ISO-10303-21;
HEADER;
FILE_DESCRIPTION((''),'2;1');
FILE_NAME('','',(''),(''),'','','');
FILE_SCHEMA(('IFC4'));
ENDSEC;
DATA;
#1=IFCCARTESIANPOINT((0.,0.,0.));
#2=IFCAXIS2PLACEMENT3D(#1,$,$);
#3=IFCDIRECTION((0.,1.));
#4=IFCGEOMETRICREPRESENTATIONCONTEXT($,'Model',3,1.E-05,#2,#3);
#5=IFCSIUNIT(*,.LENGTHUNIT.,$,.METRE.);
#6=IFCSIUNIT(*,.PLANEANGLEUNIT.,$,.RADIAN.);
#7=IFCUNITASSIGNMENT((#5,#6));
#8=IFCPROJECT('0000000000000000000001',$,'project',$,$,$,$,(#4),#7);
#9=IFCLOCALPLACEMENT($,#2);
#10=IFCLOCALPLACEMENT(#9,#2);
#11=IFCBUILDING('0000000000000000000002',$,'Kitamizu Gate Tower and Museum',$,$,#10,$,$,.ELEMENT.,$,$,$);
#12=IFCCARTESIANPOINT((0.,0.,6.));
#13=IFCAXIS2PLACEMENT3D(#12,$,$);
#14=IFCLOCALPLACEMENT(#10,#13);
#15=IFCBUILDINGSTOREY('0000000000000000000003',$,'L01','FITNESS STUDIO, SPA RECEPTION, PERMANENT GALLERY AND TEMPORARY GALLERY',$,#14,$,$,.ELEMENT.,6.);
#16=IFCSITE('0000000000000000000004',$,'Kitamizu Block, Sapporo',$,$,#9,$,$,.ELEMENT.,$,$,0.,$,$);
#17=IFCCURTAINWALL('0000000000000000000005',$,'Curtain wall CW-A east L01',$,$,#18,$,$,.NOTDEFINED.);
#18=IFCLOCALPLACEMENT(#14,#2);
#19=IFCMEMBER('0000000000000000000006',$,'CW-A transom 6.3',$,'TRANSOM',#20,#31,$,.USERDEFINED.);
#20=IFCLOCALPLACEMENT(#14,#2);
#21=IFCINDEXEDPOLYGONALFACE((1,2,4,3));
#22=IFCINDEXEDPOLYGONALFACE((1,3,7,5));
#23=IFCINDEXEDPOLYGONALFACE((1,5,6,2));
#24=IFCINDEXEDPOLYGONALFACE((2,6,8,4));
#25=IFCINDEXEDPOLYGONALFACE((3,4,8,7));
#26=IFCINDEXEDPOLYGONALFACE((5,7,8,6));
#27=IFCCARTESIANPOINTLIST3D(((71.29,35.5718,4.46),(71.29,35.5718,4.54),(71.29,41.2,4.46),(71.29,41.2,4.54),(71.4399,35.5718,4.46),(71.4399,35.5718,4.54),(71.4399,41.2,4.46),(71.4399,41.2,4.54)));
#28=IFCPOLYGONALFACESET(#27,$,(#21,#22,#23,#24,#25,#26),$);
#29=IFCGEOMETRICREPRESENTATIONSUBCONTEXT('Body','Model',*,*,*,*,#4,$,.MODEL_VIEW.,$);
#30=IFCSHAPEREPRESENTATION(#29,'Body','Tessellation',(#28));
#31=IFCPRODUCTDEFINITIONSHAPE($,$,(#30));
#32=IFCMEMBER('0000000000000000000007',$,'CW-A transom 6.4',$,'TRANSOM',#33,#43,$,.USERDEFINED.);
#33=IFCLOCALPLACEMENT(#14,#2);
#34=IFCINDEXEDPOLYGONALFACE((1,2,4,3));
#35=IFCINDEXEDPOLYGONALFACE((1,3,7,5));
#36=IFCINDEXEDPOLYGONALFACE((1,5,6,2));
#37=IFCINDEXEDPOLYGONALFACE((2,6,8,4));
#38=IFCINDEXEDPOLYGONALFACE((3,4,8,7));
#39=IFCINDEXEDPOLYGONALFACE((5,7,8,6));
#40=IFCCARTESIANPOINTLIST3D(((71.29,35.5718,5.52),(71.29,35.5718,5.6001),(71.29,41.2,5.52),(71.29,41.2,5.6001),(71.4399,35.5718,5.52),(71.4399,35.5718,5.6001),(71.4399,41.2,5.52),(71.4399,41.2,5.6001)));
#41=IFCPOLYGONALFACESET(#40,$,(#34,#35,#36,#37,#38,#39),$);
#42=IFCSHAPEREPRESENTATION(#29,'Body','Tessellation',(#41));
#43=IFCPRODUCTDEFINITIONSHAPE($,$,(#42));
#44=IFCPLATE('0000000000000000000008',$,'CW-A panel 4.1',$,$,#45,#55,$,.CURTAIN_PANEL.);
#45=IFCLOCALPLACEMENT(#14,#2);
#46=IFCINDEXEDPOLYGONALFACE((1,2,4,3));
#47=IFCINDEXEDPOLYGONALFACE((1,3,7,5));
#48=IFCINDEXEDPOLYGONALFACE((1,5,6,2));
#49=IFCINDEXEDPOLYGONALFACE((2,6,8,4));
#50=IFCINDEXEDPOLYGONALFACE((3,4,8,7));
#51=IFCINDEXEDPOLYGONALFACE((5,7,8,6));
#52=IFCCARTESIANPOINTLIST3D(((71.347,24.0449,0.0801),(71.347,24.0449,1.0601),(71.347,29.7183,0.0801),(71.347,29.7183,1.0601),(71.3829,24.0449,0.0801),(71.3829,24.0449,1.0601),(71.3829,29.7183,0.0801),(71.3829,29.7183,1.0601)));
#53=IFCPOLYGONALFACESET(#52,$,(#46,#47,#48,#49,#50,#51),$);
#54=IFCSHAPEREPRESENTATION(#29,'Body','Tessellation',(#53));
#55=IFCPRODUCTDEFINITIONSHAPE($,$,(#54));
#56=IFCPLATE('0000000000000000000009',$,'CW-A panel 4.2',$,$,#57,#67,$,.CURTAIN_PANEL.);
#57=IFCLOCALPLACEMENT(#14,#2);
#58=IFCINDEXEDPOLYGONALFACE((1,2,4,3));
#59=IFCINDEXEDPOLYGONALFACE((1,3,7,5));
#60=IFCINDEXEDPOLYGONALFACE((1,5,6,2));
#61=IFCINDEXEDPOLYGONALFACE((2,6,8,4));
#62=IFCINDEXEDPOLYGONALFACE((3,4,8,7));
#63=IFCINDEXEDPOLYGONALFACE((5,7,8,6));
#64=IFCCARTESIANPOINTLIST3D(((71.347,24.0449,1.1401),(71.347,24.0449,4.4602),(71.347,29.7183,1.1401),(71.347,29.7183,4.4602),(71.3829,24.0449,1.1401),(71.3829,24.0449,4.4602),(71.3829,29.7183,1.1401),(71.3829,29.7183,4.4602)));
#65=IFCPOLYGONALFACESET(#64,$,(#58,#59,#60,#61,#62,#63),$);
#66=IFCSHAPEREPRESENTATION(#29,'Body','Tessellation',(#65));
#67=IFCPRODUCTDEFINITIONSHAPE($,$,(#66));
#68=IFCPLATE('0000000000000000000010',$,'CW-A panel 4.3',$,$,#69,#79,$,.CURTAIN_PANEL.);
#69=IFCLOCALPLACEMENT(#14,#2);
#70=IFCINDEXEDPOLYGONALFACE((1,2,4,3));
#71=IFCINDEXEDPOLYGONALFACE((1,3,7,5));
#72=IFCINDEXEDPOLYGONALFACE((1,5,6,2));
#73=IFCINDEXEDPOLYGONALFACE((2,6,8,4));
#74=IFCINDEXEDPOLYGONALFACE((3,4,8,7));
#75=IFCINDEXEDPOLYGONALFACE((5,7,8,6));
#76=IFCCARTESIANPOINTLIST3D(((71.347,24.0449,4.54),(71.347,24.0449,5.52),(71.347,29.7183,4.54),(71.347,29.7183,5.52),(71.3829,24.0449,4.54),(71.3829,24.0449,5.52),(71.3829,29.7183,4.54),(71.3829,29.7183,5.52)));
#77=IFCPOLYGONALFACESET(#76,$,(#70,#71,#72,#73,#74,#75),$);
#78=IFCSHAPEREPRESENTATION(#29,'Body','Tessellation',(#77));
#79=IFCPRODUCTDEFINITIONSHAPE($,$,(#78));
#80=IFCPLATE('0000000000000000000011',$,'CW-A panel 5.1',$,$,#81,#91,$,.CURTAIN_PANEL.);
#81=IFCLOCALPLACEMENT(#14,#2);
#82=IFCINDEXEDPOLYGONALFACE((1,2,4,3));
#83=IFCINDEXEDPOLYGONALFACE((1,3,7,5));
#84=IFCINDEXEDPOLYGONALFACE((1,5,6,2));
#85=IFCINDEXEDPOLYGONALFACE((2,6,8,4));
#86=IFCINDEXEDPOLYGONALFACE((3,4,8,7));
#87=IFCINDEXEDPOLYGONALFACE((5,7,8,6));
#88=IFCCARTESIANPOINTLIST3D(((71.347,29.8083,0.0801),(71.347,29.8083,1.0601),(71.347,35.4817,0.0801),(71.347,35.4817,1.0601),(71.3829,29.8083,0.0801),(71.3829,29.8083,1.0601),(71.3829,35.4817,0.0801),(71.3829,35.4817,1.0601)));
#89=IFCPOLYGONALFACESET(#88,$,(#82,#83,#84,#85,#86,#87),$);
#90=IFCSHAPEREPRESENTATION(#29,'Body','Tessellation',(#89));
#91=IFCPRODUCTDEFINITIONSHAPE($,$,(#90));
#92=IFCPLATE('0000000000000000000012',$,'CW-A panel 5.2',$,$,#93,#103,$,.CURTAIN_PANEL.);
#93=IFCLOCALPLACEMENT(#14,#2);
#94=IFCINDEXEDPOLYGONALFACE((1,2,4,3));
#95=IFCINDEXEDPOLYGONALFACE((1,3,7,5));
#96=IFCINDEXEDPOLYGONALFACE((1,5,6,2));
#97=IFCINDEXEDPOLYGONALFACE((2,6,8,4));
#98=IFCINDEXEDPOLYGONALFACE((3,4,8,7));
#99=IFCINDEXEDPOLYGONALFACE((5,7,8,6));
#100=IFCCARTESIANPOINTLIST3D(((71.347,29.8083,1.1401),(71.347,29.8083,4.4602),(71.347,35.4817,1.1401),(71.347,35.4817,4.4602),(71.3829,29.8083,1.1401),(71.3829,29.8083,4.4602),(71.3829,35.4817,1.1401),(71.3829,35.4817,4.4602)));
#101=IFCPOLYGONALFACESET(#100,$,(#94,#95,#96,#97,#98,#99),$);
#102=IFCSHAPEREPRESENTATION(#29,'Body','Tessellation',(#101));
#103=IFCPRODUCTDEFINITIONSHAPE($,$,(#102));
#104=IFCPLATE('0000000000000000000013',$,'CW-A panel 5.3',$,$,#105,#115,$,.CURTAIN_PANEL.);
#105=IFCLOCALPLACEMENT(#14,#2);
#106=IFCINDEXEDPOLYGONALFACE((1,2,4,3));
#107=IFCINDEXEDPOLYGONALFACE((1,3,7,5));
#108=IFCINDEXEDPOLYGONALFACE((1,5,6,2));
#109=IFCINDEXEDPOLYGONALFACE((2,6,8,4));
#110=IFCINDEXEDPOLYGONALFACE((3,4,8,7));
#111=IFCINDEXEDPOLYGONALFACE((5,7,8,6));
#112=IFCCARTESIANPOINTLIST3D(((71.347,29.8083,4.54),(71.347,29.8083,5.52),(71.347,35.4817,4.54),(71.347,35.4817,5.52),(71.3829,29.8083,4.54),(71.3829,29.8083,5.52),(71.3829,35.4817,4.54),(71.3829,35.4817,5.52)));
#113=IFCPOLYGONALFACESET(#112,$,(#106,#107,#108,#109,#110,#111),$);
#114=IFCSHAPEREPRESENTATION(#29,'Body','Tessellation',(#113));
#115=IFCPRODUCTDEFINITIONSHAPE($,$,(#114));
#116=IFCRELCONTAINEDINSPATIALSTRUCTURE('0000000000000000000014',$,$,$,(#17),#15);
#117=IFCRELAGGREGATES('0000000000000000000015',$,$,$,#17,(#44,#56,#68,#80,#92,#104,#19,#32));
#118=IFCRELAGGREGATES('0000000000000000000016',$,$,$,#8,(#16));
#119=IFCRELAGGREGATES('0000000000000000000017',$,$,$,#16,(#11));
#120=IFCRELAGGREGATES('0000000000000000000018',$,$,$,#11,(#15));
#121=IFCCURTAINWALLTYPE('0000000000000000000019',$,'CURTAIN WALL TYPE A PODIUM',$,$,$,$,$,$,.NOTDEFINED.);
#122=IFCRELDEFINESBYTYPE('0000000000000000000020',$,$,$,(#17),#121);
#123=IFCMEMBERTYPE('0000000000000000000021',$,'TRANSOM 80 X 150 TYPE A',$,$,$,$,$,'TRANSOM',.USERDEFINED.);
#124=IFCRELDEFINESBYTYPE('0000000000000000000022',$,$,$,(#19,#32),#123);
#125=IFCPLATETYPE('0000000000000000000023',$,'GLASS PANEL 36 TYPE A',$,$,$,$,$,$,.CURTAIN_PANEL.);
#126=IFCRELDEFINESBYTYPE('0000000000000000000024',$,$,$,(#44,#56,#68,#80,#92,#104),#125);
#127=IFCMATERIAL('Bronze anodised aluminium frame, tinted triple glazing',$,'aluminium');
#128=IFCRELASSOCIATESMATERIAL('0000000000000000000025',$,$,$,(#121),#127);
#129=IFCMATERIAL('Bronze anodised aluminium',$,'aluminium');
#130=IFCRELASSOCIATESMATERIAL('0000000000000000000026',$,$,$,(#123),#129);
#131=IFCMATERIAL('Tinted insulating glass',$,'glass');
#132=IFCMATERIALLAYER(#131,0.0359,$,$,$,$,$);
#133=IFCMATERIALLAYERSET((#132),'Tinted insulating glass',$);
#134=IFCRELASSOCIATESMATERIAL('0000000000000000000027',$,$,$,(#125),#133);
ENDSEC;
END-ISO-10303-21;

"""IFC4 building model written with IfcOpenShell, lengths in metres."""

from ifc_helpers import new_model, si_unit, direction, frame, origin, origin_2d, place, context, subcontext, project, spatial, rectangle, extrude, material, layer, layer_set, material_profile, profile_set, type_object, element, aggregate, save


model = new_model("IFC4")

# Units and contexts
model_context = context("Model", 3, precision=1e-05, world=origin(), true_north=direction((0.0, 1.0)))
body_context = subcontext(model_context, "Body", "Model", "MODEL_VIEW")
ifc_project = project(units=[si_unit("LENGTHUNIT", "METRE"), si_unit("PLANEANGLEUNIT", "RADIAN")], contexts=[model_context])

# Site, building, storey
site_placement = place(None, origin())
site = spatial("IfcSite", under=ifc_project, at=site_placement, Name="Kitamizu Block, Sapporo", CompositionType="ELEMENT", RefElevation=0.0)
building_placement = place(site_placement, origin())
building = spatial("IfcBuilding", under=site, at=building_placement, Name="Kitamizu Gate Tower and Museum", CompositionType="ELEMENT")
storey_placement = place(building_placement, frame((0.0, 0.0, 6.0)))
storey = spatial("IfcBuildingStorey", under=building, at=storey_placement, Name="L01", Description="FITNESS STUDIO, SPA RECEPTION, PERMANENT GALLERY AND TEMPORARY GALLERY", CompositionType="ELEMENT", Elevation=6.0)

# Curtain wall, members, plates
ifc_material_1 = material(Name="Bronze anodised aluminium frame, tinted triple glazing", Category="aluminium")
curtain_wall_type = type_object("IfcCurtainWallType", Name="CURTAIN WALL TYPE A PODIUM", PredefinedType="NOTDEFINED", material=ifc_material_1)
curtain_wall_placement = place(storey_placement, origin())
curtain_wall = element("IfcCurtainWall", 1, at=curtain_wall_placement, inside=storey, type_object=curtain_wall_type, Name="Curtain wall CW-A east L01", PredefinedType="NOTDEFINED")
ifc_material_2 = material(Name="Bronze anodised aluminium", Category="aluminium")
ifc_material_profile_1 = material_profile(ifc_material_2, rectangle(XDim=0.1499, YDim=0.0801, at=origin_2d()), Name="AL 80X150")
ifc_profile_set_1 = profile_set([ifc_material_profile_1], Name="Bronze anodised aluminium")
member_type_1 = type_object("IfcMemberType", Name="TRANSOM 80 X 150 TYPE A", ElementType="TRANSOM", PredefinedType="USERDEFINED", material=ifc_profile_set_1)
member_1_placement = place(storey_placement, frame((71.365, 35.5718, 4.5), z_axis=(0.0, 1.0, 0.0), x_axis=(-1.0, 0.0, 0.0)))
member_1 = element("IfcMember", 2, at=member_1_placement, type_object=member_type_1, Name="CW-A transom 6.3", ObjectType="TRANSOM", PredefinedType="USERDEFINED", context=body_context, shape_type="SweptSolid", body=[
    extrude(rectangle(XDim=0.1499, YDim=0.0801, at=origin_2d()), origin(), (0.0, 0.0, 1.0), 5.6282),
])
member_2_placement = place(storey_placement, frame((71.365, 35.5718, 5.5601), z_axis=(0.0, 1.0, 0.0), x_axis=(-1.0, 0.0, 0.0)))
member_2 = element("IfcMember", 3, at=member_2_placement, type_object=member_type_1, Name="CW-A transom 6.4", ObjectType="TRANSOM", PredefinedType="USERDEFINED", context=body_context, shape_type="SweptSolid", body=[
    extrude(rectangle(XDim=0.1499, YDim=0.0801, at=origin_2d()), origin(), (0.0, 0.0, 1.0), 5.6282),
])
ifc_material_3 = material(Name="Tinted insulating glass", Category="glass")
ifc_layer = layer(ifc_material_3, 0.0359)
ifc_layer_set = layer_set([ifc_layer], Name="Tinted insulating glass")
plate_type = type_object("IfcPlateType", Name="GLASS PANEL 36 TYPE A", PredefinedType="CURTAIN_PANEL", material=ifc_layer_set)
plate_1_placement = place(storey_placement, frame((71.365, 26.8816, 0.0801), z_axis=(0.0, 0.0, 1.0), x_axis=(0.0, 1.0, 0.0)))
plate_1 = element("IfcPlate", 4, at=plate_1_placement, type_object=plate_type, Name="CW-A panel 4.1", PredefinedType="CURTAIN_PANEL", context=body_context, shape_type="SweptSolid", body=[
    extrude(rectangle(XDim=5.6733, YDim=0.0359, at=origin_2d()), origin(), (0.0, 0.0, 1.0), 0.98),
])
plate_2_placement = place(storey_placement, frame((71.365, 26.8816, 1.1401), z_axis=(0.0, 0.0, 1.0), x_axis=(0.0, 1.0, 0.0)))
plate_2 = element("IfcPlate", 5, at=plate_2_placement, type_object=plate_type, Name="CW-A panel 4.2", PredefinedType="CURTAIN_PANEL", context=body_context, shape_type="SweptSolid", body=[
    extrude(rectangle(XDim=5.6733, YDim=0.0359, at=origin_2d()), origin(), (0.0, 0.0, 1.0), 3.3201),
])
plate_3_placement = place(storey_placement, frame((71.365, 26.8816, 4.54), z_axis=(0.0, 0.0, 1.0), x_axis=(0.0, 1.0, 0.0)))
plate_3 = element("IfcPlate", 6, at=plate_3_placement, type_object=plate_type, Name="CW-A panel 4.3", PredefinedType="CURTAIN_PANEL", context=body_context, shape_type="SweptSolid", body=[
    extrude(rectangle(XDim=5.6733, YDim=0.0359, at=origin_2d()), origin(), (0.0, 0.0, 1.0), 0.98),
])
plate_4_placement = place(storey_placement, frame((71.365, 32.645, 0.0801), z_axis=(0.0, 0.0, 1.0), x_axis=(0.0, 1.0, 0.0)))
plate_4 = element("IfcPlate", 7, at=plate_4_placement, type_object=plate_type, Name="CW-A panel 5.1", PredefinedType="CURTAIN_PANEL", context=body_context, shape_type="SweptSolid", body=[
    extrude(rectangle(XDim=5.6733, YDim=0.0359, at=origin_2d()), origin(), (0.0, 0.0, 1.0), 0.98),
])
plate_5_placement = place(storey_placement, frame((71.365, 32.645, 1.1401), z_axis=(0.0, 0.0, 1.0), x_axis=(0.0, 1.0, 0.0)))
plate_5 = element("IfcPlate", 8, at=plate_5_placement, type_object=plate_type, Name="CW-A panel 5.2", PredefinedType="CURTAIN_PANEL", context=body_context, shape_type="SweptSolid", body=[
    extrude(rectangle(XDim=5.6733, YDim=0.0359, at=origin_2d()), origin(), (0.0, 0.0, 1.0), 3.3201),
])
plate_6_placement = place(storey_placement, frame((71.365, 32.645, 4.54), z_axis=(0.0, 0.0, 1.0), x_axis=(0.0, 1.0, 0.0)))
plate_6 = element("IfcPlate", 9, at=plate_6_placement, type_object=plate_type, Name="CW-A panel 5.3", PredefinedType="CURTAIN_PANEL", context=body_context, shape_type="SweptSolid", body=[
    extrude(rectangle(XDim=5.6733, YDim=0.0359, at=origin_2d()), origin(), (0.0, 0.0, 1.0), 0.98),
])
aggregate(curtain_wall, [plate_1, plate_2, plate_3, plate_4, plate_5, plate_6, member_1, member_2])

save(model, "model.ifc")
